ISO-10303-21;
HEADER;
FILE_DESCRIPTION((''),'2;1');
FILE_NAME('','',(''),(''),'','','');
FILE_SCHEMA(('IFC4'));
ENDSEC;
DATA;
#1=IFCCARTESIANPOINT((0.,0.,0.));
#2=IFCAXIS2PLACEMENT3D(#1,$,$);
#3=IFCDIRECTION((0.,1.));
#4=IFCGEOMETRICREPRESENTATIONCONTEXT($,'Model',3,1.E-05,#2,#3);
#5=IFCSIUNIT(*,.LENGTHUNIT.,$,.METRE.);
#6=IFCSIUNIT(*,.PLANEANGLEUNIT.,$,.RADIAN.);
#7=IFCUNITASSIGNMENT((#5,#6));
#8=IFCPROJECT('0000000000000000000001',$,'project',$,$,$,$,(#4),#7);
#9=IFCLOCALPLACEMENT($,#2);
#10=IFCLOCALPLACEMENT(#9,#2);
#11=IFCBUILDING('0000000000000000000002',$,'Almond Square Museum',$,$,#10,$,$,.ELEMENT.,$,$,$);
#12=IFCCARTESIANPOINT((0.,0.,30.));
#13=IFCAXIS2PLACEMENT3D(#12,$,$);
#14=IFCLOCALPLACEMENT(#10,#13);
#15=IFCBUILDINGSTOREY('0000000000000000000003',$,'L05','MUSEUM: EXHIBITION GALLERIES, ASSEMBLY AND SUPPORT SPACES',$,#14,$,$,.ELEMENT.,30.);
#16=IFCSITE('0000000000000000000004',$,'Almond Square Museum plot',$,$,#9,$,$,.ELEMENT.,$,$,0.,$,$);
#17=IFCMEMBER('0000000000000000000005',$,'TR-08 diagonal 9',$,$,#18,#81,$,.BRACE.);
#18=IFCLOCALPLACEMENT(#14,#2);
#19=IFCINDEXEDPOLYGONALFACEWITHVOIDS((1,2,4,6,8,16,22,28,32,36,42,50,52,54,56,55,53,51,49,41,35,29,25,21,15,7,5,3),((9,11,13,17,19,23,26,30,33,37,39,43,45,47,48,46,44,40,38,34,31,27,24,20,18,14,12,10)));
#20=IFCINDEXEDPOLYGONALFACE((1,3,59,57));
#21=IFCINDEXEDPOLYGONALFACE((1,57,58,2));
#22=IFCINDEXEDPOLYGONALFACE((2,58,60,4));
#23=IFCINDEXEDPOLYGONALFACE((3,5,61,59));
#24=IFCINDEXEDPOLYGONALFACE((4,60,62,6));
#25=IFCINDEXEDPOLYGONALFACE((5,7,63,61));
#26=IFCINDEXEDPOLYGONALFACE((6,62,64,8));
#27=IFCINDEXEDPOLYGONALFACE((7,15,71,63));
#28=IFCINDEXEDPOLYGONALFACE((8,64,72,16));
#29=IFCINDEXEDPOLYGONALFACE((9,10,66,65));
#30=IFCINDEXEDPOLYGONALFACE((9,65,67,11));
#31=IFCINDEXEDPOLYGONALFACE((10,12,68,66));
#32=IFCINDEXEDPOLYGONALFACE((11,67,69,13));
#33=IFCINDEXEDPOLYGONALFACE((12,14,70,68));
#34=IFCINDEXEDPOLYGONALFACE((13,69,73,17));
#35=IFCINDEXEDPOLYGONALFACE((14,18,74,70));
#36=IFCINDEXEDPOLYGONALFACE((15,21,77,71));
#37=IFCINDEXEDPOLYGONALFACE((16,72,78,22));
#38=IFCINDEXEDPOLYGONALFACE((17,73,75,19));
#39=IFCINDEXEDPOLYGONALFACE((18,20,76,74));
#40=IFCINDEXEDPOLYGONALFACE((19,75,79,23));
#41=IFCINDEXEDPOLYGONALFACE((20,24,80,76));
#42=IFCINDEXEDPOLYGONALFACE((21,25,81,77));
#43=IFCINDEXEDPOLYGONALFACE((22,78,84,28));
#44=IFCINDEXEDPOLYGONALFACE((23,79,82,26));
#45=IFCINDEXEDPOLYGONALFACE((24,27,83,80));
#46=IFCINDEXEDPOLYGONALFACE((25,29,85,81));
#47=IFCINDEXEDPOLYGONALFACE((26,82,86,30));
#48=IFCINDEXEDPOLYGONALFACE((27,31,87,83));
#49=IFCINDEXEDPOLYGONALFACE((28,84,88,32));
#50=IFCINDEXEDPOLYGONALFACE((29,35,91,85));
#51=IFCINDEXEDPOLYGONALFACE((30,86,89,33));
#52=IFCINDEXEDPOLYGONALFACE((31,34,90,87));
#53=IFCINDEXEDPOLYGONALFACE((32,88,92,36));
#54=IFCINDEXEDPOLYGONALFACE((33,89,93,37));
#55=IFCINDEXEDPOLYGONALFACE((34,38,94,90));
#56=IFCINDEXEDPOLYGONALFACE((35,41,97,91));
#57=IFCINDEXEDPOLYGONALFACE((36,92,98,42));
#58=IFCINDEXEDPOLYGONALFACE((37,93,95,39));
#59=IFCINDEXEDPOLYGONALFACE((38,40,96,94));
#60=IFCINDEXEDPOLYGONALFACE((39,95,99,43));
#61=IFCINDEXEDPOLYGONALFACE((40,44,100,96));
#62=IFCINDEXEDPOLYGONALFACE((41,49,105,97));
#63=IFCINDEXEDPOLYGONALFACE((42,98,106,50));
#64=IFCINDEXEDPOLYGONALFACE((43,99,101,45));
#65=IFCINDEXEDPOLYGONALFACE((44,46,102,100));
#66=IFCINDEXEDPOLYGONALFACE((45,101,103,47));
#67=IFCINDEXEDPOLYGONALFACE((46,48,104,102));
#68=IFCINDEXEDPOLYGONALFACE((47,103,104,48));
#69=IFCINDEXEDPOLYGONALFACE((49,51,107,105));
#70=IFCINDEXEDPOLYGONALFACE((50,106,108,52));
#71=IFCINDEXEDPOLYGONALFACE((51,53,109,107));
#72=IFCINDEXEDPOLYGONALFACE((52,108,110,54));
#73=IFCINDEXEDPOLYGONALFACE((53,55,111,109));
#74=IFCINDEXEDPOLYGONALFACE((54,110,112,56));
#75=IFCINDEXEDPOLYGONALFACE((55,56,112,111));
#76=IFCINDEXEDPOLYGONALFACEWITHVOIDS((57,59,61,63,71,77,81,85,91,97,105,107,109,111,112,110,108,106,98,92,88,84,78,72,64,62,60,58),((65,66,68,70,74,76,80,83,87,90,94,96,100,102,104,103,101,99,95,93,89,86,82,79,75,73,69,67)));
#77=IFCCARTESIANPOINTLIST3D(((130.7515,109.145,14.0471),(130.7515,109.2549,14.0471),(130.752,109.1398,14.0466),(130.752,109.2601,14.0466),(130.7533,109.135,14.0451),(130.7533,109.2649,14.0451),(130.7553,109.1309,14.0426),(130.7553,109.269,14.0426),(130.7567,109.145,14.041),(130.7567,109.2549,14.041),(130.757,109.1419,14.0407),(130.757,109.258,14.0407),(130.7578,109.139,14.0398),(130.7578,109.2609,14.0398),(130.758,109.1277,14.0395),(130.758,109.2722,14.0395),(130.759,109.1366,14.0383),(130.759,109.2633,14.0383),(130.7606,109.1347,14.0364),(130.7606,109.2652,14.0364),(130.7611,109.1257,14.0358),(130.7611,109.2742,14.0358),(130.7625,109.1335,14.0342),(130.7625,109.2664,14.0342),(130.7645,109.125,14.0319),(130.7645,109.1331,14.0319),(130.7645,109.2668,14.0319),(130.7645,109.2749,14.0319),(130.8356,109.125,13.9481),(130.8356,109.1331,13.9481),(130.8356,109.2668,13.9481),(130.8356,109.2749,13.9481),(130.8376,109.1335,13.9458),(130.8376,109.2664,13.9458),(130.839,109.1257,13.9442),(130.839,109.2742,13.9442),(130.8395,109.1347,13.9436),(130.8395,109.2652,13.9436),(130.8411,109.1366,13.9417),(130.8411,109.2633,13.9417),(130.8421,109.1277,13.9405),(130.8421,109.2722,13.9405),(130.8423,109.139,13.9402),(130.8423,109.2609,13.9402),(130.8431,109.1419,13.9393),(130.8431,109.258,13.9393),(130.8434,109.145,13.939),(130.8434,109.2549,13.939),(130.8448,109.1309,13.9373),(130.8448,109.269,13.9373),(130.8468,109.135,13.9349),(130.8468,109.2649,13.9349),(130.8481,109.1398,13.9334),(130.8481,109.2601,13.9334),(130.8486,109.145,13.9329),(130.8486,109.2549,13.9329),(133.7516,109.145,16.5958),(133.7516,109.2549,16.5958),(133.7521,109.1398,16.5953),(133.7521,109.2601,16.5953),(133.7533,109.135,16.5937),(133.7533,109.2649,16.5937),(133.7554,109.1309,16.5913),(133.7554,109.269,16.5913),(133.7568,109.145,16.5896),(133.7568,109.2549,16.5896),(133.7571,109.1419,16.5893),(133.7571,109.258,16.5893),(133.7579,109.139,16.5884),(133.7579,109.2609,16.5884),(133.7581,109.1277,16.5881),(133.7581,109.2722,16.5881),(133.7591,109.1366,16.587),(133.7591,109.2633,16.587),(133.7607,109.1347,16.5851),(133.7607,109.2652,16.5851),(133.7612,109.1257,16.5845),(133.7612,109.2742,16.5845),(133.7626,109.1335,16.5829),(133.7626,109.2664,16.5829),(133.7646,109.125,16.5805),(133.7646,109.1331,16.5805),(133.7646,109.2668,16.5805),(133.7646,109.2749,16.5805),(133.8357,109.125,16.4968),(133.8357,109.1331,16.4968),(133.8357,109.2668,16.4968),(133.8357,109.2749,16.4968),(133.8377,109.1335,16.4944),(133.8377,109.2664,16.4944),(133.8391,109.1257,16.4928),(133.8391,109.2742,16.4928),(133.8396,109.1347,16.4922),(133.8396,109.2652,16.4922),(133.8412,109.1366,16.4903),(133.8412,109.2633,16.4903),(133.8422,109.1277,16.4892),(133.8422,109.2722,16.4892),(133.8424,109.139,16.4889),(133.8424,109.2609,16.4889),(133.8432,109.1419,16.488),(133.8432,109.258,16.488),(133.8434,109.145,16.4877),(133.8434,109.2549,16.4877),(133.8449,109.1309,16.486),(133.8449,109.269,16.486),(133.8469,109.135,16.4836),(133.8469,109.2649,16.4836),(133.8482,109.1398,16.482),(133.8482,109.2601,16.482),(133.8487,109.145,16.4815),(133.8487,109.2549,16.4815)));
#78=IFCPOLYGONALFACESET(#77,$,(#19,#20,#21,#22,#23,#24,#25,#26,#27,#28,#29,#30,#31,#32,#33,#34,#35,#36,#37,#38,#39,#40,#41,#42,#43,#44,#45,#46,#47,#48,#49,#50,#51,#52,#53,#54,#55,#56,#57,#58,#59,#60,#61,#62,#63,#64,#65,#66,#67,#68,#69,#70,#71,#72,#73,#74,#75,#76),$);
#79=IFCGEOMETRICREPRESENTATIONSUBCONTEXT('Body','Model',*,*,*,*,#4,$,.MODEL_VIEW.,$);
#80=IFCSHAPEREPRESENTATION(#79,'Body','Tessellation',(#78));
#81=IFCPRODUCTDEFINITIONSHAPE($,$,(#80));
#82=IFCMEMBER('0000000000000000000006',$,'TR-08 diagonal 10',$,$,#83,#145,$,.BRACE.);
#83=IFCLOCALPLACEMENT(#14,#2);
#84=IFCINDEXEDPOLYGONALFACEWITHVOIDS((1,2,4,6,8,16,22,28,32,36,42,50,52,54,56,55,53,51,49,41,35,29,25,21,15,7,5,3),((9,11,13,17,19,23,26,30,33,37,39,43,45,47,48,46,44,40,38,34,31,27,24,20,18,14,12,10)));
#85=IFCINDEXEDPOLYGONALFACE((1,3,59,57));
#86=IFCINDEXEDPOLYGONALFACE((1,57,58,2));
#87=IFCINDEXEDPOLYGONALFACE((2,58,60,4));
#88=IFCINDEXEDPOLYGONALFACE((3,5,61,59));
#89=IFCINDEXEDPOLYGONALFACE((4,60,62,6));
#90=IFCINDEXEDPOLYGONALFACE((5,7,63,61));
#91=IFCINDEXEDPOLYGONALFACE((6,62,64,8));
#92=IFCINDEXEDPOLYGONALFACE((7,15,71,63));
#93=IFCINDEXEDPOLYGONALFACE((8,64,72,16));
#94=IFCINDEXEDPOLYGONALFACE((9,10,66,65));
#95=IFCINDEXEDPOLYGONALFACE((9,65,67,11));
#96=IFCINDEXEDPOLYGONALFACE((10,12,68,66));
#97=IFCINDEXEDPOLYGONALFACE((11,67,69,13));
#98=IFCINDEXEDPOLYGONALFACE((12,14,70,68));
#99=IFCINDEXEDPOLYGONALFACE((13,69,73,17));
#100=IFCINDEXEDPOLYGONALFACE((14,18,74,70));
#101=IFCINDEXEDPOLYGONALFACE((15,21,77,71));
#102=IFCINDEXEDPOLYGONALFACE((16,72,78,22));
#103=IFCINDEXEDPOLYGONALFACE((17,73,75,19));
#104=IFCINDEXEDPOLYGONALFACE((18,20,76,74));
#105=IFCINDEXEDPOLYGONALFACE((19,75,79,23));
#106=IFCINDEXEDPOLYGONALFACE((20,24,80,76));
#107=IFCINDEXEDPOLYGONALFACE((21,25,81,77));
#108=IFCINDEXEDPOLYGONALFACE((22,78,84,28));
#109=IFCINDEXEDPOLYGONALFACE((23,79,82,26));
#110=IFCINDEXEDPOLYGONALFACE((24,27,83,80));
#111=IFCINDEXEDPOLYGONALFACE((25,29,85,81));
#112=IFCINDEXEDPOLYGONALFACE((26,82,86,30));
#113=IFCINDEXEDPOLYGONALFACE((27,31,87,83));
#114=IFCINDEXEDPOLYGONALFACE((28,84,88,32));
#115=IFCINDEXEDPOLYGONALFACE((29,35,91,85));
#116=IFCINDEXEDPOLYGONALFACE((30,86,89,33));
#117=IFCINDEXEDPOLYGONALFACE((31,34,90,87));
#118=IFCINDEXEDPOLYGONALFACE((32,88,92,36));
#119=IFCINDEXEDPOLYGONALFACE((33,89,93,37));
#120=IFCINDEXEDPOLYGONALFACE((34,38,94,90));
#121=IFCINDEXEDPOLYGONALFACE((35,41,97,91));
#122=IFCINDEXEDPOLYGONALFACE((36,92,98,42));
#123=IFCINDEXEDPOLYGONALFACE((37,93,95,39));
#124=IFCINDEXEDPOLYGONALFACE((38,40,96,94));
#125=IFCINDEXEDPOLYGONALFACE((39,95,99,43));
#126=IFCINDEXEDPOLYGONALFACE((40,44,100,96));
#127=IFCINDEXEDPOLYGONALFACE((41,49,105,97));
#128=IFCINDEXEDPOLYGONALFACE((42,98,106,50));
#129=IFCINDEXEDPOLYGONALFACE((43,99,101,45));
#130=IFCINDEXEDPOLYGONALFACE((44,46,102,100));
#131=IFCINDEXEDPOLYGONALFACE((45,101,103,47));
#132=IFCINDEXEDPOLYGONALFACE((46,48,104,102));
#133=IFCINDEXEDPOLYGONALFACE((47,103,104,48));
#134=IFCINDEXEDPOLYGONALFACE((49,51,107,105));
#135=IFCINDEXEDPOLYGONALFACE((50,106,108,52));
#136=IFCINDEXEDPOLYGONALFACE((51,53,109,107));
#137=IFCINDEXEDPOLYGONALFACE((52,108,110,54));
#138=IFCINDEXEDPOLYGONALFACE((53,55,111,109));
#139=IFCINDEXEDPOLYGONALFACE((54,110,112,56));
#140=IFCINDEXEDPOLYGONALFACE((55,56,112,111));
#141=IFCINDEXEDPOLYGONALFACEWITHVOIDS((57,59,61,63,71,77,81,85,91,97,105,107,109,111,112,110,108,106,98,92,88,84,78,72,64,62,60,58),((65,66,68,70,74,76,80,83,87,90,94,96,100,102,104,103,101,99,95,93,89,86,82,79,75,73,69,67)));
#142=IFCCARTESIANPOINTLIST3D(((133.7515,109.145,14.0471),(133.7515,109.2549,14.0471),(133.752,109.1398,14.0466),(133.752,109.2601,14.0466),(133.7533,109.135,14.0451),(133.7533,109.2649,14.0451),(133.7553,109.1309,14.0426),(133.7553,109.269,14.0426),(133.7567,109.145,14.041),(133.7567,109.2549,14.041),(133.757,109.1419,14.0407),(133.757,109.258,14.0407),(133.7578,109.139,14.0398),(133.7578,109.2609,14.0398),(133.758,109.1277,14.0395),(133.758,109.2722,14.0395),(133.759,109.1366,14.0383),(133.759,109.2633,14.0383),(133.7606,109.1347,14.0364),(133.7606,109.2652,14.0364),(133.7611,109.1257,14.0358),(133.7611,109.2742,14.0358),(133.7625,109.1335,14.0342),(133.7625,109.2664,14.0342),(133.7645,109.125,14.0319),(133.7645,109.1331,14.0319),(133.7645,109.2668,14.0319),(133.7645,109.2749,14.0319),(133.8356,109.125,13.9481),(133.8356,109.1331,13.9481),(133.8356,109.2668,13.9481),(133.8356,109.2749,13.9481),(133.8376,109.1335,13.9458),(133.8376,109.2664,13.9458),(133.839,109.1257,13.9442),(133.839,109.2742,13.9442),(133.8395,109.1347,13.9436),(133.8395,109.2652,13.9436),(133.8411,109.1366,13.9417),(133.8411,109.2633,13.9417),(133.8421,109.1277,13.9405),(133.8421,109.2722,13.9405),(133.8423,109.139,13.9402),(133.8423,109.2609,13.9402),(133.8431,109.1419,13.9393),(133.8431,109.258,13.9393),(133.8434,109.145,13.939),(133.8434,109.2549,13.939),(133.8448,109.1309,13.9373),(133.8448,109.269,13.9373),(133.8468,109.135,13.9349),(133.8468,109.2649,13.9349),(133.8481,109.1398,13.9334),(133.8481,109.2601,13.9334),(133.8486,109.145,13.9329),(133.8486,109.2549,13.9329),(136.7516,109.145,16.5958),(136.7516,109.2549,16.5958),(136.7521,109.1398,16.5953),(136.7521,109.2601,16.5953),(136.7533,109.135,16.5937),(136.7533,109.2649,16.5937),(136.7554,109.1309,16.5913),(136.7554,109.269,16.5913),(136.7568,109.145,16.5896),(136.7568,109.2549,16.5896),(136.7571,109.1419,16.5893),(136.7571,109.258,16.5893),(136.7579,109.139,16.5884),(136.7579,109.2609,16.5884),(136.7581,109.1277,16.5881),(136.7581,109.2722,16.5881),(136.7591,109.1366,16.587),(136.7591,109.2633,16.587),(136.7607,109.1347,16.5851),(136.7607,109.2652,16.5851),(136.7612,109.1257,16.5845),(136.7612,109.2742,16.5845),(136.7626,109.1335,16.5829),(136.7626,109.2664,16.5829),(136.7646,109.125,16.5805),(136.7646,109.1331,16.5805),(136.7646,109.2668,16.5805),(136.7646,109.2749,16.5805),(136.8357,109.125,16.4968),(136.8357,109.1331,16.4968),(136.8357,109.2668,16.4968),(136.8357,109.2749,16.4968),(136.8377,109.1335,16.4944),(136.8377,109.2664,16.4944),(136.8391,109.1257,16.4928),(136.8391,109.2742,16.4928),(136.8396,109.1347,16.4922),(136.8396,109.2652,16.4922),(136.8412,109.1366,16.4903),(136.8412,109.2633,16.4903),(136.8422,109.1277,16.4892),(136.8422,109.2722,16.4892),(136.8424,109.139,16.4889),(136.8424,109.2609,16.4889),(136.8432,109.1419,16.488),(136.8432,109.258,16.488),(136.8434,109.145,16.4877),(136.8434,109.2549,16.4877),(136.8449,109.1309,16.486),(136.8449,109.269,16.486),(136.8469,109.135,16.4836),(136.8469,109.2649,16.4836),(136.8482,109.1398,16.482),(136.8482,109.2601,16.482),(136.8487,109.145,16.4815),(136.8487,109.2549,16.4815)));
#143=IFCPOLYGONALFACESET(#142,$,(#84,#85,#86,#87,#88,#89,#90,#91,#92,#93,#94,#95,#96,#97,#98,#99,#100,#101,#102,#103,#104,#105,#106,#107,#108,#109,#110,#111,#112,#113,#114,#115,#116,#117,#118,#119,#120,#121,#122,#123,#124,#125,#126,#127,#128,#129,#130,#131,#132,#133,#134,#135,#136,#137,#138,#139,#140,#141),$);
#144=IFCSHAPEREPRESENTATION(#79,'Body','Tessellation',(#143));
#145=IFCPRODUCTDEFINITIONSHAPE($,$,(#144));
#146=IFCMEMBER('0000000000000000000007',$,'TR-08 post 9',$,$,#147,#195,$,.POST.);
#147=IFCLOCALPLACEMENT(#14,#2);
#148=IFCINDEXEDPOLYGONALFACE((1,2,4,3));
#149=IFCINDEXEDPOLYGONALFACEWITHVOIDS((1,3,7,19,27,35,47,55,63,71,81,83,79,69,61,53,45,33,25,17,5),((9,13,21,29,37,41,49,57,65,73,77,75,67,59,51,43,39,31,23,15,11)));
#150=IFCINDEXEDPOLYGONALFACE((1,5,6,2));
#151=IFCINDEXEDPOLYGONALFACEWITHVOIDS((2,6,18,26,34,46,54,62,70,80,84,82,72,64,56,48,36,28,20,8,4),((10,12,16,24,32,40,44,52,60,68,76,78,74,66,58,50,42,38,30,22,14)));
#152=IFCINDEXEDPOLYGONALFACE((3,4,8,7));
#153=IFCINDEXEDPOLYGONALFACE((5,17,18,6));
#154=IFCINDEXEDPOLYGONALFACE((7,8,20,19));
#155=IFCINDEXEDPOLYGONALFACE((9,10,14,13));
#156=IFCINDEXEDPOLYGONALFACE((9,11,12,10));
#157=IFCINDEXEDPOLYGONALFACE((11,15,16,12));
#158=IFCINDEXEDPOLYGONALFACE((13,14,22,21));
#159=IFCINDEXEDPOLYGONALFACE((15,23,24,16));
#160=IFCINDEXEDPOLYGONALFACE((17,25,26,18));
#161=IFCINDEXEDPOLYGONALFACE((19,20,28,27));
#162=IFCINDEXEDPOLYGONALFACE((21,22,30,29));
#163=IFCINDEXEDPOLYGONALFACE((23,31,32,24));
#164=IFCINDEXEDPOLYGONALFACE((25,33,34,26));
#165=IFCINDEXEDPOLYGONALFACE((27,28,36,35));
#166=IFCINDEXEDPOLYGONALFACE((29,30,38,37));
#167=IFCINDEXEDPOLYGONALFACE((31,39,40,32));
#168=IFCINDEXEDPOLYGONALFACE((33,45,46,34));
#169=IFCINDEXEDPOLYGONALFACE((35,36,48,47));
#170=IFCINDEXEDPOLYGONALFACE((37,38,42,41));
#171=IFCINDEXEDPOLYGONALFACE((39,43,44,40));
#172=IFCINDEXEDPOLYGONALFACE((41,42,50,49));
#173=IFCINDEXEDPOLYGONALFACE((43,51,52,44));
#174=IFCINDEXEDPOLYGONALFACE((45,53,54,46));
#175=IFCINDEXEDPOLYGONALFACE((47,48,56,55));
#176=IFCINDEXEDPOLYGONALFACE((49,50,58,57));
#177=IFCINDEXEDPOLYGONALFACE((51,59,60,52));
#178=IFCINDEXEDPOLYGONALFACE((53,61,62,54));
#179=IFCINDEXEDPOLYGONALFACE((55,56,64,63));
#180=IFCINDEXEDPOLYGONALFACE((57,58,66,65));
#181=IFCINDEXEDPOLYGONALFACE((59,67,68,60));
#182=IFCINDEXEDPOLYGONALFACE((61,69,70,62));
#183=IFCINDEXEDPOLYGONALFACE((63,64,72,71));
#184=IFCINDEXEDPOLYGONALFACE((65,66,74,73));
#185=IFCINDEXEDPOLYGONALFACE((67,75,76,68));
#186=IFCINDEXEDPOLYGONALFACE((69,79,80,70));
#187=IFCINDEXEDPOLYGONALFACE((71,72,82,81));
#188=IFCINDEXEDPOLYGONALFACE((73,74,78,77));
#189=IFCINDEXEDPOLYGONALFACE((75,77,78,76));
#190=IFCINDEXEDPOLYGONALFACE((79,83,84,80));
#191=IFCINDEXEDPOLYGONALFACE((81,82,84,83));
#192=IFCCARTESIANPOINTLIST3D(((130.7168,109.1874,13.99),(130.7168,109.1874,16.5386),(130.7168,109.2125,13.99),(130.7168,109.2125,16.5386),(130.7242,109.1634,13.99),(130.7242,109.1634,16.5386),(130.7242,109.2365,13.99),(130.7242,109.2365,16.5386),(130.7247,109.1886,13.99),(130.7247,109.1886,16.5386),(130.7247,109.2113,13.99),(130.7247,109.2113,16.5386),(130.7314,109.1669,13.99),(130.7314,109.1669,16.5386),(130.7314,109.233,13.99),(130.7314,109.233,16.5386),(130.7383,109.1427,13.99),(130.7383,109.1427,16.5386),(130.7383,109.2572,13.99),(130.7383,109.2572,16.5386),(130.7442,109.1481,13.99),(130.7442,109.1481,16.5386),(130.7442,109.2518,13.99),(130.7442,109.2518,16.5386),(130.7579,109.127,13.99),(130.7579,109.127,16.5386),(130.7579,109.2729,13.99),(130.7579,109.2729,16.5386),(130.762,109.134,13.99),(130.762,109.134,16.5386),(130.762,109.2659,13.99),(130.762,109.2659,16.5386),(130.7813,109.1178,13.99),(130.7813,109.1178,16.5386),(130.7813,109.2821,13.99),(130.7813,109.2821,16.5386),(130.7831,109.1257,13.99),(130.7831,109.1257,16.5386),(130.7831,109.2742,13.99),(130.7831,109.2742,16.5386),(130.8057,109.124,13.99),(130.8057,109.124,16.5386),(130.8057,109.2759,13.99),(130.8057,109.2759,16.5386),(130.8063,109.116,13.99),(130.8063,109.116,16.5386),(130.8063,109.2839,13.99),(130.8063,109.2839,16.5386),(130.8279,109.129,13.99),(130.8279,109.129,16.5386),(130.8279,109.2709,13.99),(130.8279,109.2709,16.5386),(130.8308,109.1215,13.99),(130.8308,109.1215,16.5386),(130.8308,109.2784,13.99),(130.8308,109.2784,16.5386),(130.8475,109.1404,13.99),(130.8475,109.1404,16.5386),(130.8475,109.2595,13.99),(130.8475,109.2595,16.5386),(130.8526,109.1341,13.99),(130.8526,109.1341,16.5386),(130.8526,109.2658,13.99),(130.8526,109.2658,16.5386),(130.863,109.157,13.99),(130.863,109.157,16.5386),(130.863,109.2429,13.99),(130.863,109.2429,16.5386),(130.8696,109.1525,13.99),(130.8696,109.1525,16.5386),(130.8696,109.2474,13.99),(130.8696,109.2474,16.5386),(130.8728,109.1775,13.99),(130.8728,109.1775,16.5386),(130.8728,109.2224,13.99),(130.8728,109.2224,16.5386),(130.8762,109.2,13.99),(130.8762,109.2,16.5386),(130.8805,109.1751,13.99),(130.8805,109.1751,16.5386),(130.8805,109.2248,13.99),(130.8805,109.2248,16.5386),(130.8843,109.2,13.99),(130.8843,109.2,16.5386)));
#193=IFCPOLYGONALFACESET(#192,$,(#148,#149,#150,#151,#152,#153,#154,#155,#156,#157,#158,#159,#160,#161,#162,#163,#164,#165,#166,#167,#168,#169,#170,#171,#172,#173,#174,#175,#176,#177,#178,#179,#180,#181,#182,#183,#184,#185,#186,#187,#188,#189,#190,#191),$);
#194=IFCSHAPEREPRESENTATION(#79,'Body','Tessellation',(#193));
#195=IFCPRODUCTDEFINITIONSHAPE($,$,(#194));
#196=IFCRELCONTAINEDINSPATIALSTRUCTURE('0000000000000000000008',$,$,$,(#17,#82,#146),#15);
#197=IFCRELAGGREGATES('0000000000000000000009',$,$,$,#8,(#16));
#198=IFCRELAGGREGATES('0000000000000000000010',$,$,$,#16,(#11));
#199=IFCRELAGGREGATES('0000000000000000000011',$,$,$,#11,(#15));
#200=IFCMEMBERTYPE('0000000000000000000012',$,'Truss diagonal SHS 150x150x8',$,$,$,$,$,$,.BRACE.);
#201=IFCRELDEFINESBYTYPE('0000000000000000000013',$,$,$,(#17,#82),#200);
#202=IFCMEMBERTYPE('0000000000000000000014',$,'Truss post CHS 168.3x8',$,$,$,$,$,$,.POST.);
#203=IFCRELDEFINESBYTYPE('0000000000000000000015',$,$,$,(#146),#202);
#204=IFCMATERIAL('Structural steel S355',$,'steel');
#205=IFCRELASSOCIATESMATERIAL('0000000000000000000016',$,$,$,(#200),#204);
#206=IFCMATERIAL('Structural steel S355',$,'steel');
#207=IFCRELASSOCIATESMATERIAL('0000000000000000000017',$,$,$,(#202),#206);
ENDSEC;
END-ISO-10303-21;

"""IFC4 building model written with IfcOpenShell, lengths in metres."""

from ifc_helpers import new_model, si_unit, direction, frame, origin, origin_2d, place, context, subcontext, project, spatial, hollow_rectangle, hollow_circle, extrude, material, material_profile, profile_set, type_object, element, save


model = new_model("IFC4")

# Units and contexts
model_context = context("Model", 3, precision=1e-05, world=origin(), true_north=direction((0.0, 1.0)))
body_context = subcontext(model_context, "Body", "Model", "MODEL_VIEW")
ifc_project = project(units=[si_unit("LENGTHUNIT", "METRE"), si_unit("PLANEANGLEUNIT", "RADIAN")], contexts=[model_context])

# Site, building, storey
site_placement = place(None, origin())
site = spatial("IfcSite", under=ifc_project, at=site_placement, Name="Almond Square Museum plot", CompositionType="ELEMENT", RefElevation=0.0)
building_placement = place(site_placement, origin())
building = spatial("IfcBuilding", under=site, at=building_placement, Name="Almond Square Museum", CompositionType="ELEMENT")
storey_placement = place(building_placement, frame((0.0, 0.0, 30.0)))
storey = spatial("IfcBuildingStorey", under=building, at=storey_placement, Name="L05", Description="MUSEUM: EXHIBITION GALLERIES, ASSEMBLY AND SUPPORT SPACES", CompositionType="ELEMENT", Elevation=30.0)

# Members
ifc_material_1 = material(Name="Structural steel S355", Category="steel")
ifc_material_profile_1 = material_profile(ifc_material_1, hollow_rectangle(XDim=0.1499, YDim=0.1499, WallThickness=0.0081, InnerFilletRadius=0.012, OuterFilletRadius=0.02, at=origin_2d()))
ifc_profile_set_1 = profile_set([ifc_material_profile_1], Name="Structural steel S355")
member_type_1 = type_object("IfcMemberType", Name="Truss diagonal SHS 150x150x8", PredefinedType="BRACE", material=ifc_profile_set_1)
for number, where, z_axis, x_axis, name in (
    (1, (130.8, 109.2, 13.99), (0.762117, 0.0, 0.64744), (0.0, 1.0, 0.0), "TR-08 diagonal 9"),
    (2, (133.8, 109.2, 13.99), (0.762117, 0.0, 0.64744), (0.0, 1.0, 0.0), "TR-08 diagonal 10"),
):
    element("IfcMember", number, at=place(storey_placement, frame(where, z_axis=z_axis, x_axis=x_axis)), inside=storey, type_object=member_type_1, Name=name, PredefinedType="BRACE", context=body_context, shape_type="SweptSolid", body=[
        extrude(hollow_rectangle(XDim=0.1499, YDim=0.1499, WallThickness=0.0081, InnerFilletRadius=0.012, OuterFilletRadius=0.02, at=origin_2d()), origin(), (0.0, 0.0, 1.0), 3.9365),
    ])
ifc_material_2 = material(Name="Structural steel S355", Category="steel")
ifc_material_profile_2 = material_profile(ifc_material_2, hollow_circle(Radius=0.0842, WallThickness=0.0081, at=origin_2d()))
ifc_profile_set_2 = profile_set([ifc_material_profile_2], Name="Structural steel S355")
member_type_2 = type_object("IfcMemberType", Name="Truss post CHS 168.3x8", PredefinedType="POST", material=ifc_profile_set_2)
for number, where, z_axis, x_axis, name in (
    (3, (130.8, 109.2, 13.99), (0.0, 0.0, 1.0), (1.0, 0.0, 0.0), "TR-08 post 9"),
):
    element("IfcMember", number, at=place(storey_placement, frame(where, z_axis=z_axis, x_axis=x_axis)), inside=storey, type_object=member_type_2, Name=name, PredefinedType="POST", context=body_context, shape_type="SweptSolid", body=[
        extrude(hollow_circle(Radius=0.0842, WallThickness=0.0081, at=origin_2d()), origin(), (0.0, 0.0, 1.0), 2.5486),
    ])

save(model, "model.ifc")
